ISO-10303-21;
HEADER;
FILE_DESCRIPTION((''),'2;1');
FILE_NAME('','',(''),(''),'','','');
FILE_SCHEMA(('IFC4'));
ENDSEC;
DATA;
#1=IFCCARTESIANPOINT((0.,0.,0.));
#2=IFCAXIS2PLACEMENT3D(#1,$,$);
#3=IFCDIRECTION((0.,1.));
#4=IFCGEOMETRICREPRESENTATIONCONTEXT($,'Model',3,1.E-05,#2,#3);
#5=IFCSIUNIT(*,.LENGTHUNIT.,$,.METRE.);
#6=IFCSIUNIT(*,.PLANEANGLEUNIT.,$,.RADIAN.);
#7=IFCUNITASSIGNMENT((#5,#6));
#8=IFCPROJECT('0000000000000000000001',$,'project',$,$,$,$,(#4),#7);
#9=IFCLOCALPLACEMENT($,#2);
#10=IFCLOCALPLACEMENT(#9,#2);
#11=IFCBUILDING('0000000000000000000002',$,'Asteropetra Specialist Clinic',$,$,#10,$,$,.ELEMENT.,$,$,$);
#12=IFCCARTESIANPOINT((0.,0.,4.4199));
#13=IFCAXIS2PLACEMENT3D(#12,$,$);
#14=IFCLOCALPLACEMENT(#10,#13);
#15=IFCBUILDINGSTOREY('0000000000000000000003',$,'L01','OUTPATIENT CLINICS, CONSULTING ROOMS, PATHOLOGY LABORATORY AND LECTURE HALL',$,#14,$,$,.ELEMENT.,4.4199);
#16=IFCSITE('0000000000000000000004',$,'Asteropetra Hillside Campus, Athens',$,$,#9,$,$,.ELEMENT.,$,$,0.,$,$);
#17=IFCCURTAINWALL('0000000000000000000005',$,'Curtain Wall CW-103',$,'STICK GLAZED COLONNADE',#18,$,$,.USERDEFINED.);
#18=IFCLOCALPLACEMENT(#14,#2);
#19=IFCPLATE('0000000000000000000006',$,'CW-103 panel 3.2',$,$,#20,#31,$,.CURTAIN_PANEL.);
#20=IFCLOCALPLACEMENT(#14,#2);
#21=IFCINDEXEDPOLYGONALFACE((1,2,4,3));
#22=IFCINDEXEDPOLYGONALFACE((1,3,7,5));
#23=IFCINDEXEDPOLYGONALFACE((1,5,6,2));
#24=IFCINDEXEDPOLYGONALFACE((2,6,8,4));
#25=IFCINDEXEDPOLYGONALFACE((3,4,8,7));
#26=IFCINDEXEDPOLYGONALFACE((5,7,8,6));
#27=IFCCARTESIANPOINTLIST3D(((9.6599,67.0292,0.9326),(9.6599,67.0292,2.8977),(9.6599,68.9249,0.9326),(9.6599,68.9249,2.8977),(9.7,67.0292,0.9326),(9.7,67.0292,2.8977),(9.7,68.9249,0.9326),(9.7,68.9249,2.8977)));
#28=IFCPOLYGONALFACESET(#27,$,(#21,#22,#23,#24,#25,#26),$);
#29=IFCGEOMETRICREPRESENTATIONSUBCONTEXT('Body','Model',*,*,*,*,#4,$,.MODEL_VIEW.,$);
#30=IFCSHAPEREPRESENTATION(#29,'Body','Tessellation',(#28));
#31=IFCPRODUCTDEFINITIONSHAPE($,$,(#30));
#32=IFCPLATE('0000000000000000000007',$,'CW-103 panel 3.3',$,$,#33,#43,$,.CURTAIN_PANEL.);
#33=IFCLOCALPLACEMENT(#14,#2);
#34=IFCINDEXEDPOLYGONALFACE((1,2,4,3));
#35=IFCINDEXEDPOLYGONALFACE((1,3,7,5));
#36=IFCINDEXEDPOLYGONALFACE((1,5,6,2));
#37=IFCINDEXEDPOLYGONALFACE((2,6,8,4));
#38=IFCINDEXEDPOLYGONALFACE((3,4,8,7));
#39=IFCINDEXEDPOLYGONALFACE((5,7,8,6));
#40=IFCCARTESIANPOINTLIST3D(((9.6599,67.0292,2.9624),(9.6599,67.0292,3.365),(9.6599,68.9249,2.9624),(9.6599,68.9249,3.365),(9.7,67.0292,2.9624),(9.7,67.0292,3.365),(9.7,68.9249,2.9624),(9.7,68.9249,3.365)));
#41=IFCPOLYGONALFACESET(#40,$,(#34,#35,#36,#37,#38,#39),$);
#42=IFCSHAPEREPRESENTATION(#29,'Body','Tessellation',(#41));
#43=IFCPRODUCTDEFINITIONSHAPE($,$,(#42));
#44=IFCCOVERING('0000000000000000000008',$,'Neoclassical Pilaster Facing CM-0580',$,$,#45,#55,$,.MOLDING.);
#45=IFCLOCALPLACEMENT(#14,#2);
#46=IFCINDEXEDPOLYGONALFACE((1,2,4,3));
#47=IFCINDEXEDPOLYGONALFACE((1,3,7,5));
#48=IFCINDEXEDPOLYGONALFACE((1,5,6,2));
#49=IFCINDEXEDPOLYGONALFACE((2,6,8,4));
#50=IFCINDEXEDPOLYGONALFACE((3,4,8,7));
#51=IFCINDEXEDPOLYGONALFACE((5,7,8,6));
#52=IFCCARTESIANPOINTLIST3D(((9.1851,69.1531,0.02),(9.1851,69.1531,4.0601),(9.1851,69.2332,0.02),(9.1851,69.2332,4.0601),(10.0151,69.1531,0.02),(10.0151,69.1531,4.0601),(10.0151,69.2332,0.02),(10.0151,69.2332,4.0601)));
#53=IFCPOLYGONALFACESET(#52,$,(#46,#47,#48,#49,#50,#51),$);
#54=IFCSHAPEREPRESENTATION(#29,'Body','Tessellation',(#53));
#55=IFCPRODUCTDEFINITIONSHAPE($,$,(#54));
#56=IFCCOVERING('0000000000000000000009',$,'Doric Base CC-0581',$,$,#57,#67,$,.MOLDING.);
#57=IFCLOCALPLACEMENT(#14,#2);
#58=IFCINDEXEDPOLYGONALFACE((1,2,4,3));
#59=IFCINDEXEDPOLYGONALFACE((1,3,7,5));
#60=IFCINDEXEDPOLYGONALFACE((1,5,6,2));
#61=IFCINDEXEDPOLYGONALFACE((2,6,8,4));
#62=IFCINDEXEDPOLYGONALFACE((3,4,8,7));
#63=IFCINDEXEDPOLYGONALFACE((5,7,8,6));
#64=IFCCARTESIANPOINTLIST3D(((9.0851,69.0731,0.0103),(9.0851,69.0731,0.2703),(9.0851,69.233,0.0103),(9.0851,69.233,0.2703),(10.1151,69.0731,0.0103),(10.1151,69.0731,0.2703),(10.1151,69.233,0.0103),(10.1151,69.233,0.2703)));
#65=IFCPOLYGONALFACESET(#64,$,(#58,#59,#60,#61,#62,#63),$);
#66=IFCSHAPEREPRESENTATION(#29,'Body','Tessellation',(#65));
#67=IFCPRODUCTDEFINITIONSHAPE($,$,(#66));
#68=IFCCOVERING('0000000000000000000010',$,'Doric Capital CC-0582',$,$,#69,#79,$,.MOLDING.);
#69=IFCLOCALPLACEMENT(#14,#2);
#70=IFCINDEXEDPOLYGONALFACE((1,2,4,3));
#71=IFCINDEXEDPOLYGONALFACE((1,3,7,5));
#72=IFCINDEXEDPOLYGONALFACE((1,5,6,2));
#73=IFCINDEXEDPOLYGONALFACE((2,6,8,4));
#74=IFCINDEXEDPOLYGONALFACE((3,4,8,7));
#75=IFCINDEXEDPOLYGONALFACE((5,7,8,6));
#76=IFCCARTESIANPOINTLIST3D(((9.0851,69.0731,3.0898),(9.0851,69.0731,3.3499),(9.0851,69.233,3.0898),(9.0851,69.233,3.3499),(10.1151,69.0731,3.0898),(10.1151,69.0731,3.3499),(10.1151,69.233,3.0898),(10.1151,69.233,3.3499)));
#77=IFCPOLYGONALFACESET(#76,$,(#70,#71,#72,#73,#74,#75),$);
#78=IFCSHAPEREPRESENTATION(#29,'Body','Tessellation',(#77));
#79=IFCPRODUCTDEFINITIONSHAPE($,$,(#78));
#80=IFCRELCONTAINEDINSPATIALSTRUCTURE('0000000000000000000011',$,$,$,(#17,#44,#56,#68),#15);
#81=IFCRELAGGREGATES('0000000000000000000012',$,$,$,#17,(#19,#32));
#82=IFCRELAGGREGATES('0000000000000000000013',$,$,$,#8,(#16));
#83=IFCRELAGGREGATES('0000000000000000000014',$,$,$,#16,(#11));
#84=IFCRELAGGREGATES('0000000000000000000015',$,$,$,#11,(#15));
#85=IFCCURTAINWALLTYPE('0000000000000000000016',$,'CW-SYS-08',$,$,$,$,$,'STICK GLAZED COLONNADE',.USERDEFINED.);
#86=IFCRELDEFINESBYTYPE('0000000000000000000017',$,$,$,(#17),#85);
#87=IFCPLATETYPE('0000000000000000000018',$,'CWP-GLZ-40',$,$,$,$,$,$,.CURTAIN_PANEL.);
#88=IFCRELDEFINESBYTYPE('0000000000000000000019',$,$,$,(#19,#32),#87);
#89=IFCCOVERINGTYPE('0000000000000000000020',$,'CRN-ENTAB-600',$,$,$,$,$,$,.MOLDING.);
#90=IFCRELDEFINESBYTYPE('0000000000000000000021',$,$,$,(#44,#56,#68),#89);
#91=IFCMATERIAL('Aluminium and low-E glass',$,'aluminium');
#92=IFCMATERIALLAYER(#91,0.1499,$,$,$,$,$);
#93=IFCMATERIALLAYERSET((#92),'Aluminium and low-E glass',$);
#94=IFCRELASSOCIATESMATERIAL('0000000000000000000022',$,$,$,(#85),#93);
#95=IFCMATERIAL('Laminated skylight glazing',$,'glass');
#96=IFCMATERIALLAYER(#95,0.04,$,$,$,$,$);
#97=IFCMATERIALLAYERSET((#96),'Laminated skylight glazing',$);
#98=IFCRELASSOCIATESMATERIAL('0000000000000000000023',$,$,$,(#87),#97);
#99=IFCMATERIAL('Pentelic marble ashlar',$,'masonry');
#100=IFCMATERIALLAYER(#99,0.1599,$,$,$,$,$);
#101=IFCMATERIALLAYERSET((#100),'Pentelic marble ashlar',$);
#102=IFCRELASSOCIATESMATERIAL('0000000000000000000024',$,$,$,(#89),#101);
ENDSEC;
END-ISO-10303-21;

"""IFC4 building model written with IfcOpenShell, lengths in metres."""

from ifc_helpers import new_model, si_unit, direction, frame, origin, origin_2d, place, context, subcontext, project, spatial, rectangle, extrude, material, layer, layer_set, type_object, element, aggregate, save


model = new_model("IFC4")

# Units and contexts
model_context = context("Model", 3, precision=1e-05, world=origin(), true_north=direction((0.0, 1.0)))
body_context = subcontext(model_context, "Body", "Model", "MODEL_VIEW")
ifc_project = project(units=[si_unit("LENGTHUNIT", "METRE"), si_unit("PLANEANGLEUNIT", "RADIAN")], contexts=[model_context])

# Site, building, storey
site_placement = place(None, origin())
site = spatial("IfcSite", under=ifc_project, at=site_placement, Name="Asteropetra Hillside Campus, Athens", CompositionType="ELEMENT", RefElevation=0.0)
building_placement = place(site_placement, origin())
building = spatial("IfcBuilding", under=site, at=building_placement, Name="Asteropetra Specialist Clinic", CompositionType="ELEMENT")
storey_placement = place(building_placement, frame((0.0, 0.0, 4.4199)))
storey = spatial("IfcBuildingStorey", under=building, at=storey_placement, Name="L01", Description="OUTPATIENT CLINICS, CONSULTING ROOMS, PATHOLOGY LABORATORY AND LECTURE HALL", CompositionType="ELEMENT", Elevation=4.4199)

# Curtain wall, plates
ifc_material_1 = material(Name="Aluminium and low-E glass", Category="aluminium")
ifc_layer_1 = layer(ifc_material_1, 0.1499)
ifc_layer_set_1 = layer_set([ifc_layer_1], Name="Aluminium and low-E glass")
curtain_wall_type = type_object("IfcCurtainWallType", Name="CW-SYS-08", ElementType="STICK GLAZED COLONNADE", PredefinedType="USERDEFINED", material=ifc_layer_set_1)
curtain_wall_placement = place(storey_placement, origin())
curtain_wall = element("IfcCurtainWall", 1, at=curtain_wall_placement, inside=storey, type_object=curtain_wall_type, Name="Curtain Wall CW-103", ObjectType="STICK GLAZED COLONNADE", PredefinedType="USERDEFINED")
ifc_material_2 = material(Name="Laminated skylight glazing", Category="glass")
ifc_layer_2 = layer(ifc_material_2, 0.04)
ifc_layer_set_2 = layer_set([ifc_layer_2], Name="Laminated skylight glazing")
plate_type = type_object("IfcPlateType", Name="CWP-GLZ-40", PredefinedType="CURTAIN_PANEL", material=ifc_layer_set_2)
plate_1_placement = place(storey_placement, frame((9.6799, 67.9771, 0.9326), z_axis=(0.0, 0.0, 1.0), x_axis=(0.0, 1.0, 0.0)))
plate_1 = element("IfcPlate", 2, at=plate_1_placement, type_object=plate_type, Name="CW-103 panel 3.2", PredefinedType="CURTAIN_PANEL", context=body_context, shape_type="SweptSolid", body=[
    extrude(rectangle(XDim=1.8958, YDim=0.04, at=origin_2d()), origin(), (0.0, 0.0, 1.0), 1.9651),
])
plate_2_placement = place(storey_placement, frame((9.6799, 67.9771, 2.9624), z_axis=(0.0, 0.0, 1.0), x_axis=(0.0, 1.0, 0.0)))
plate_2 = element("IfcPlate", 3, at=plate_2_placement, type_object=plate_type, Name="CW-103 panel 3.3", PredefinedType="CURTAIN_PANEL", context=body_context, shape_type="SweptSolid", body=[
    extrude(rectangle(XDim=1.8958, YDim=0.04, at=origin_2d()), origin(), (0.0, 0.0, 1.0), 0.4026),
])
aggregate(curtain_wall, [plate_1, plate_2])

# Coverings
ifc_material_3 = material(Name="Pentelic marble ashlar", Category="masonry")
ifc_layer_3 = layer(ifc_material_3, 0.1599)
ifc_layer_set_3 = layer_set([ifc_layer_3], Name="Pentelic marble ashlar")
covering_type = type_object("IfcCoveringType", Name="CRN-ENTAB-600", PredefinedType="MOLDING", material=ifc_layer_set_3)
covering_placement = place(storey_placement, frame((9.6001, 69.1931, 0.02), z_axis=(0.0, 0.0, 1.0), x_axis=(1.0, 0.0, 0.0)))
element("IfcCovering", 4, at=covering_placement, inside=storey, type_object=covering_type, Name="Neoclassical Pilaster Facing CM-0580", PredefinedType="MOLDING", context=body_context, shape_type="SweptSolid", body=[
    extrude(rectangle(XDim=0.8301, YDim=0.0801, at=origin_2d()), origin(), (0.0, 0.0, 1.0), 4.04),
])
for number, where, z_axis, x_axis, name in (
    (5, (9.6001, 69.1531, 0.0103), (0.0, 0.0, 1.0), (1.0, 0.0, 0.0), "Doric Base CC-0581"),
    (6, (9.6001, 69.1531, 3.0898), (0.0, 0.0, 1.0), (1.0, 0.0, 0.0), "Doric Capital CC-0582"),
):
    element("IfcCovering", number, at=place(storey_placement, frame(where, z_axis=z_axis, x_axis=x_axis)), inside=storey, type_object=covering_type, Name=name, PredefinedType="MOLDING", context=body_context, shape_type="SweptSolid", body=[
        extrude(rectangle(XDim=1.03, YDim=0.1599, at=origin_2d()), origin(), (0.0, 0.0, 1.0), 0.26),
    ])

save(model, "model.ifc")
